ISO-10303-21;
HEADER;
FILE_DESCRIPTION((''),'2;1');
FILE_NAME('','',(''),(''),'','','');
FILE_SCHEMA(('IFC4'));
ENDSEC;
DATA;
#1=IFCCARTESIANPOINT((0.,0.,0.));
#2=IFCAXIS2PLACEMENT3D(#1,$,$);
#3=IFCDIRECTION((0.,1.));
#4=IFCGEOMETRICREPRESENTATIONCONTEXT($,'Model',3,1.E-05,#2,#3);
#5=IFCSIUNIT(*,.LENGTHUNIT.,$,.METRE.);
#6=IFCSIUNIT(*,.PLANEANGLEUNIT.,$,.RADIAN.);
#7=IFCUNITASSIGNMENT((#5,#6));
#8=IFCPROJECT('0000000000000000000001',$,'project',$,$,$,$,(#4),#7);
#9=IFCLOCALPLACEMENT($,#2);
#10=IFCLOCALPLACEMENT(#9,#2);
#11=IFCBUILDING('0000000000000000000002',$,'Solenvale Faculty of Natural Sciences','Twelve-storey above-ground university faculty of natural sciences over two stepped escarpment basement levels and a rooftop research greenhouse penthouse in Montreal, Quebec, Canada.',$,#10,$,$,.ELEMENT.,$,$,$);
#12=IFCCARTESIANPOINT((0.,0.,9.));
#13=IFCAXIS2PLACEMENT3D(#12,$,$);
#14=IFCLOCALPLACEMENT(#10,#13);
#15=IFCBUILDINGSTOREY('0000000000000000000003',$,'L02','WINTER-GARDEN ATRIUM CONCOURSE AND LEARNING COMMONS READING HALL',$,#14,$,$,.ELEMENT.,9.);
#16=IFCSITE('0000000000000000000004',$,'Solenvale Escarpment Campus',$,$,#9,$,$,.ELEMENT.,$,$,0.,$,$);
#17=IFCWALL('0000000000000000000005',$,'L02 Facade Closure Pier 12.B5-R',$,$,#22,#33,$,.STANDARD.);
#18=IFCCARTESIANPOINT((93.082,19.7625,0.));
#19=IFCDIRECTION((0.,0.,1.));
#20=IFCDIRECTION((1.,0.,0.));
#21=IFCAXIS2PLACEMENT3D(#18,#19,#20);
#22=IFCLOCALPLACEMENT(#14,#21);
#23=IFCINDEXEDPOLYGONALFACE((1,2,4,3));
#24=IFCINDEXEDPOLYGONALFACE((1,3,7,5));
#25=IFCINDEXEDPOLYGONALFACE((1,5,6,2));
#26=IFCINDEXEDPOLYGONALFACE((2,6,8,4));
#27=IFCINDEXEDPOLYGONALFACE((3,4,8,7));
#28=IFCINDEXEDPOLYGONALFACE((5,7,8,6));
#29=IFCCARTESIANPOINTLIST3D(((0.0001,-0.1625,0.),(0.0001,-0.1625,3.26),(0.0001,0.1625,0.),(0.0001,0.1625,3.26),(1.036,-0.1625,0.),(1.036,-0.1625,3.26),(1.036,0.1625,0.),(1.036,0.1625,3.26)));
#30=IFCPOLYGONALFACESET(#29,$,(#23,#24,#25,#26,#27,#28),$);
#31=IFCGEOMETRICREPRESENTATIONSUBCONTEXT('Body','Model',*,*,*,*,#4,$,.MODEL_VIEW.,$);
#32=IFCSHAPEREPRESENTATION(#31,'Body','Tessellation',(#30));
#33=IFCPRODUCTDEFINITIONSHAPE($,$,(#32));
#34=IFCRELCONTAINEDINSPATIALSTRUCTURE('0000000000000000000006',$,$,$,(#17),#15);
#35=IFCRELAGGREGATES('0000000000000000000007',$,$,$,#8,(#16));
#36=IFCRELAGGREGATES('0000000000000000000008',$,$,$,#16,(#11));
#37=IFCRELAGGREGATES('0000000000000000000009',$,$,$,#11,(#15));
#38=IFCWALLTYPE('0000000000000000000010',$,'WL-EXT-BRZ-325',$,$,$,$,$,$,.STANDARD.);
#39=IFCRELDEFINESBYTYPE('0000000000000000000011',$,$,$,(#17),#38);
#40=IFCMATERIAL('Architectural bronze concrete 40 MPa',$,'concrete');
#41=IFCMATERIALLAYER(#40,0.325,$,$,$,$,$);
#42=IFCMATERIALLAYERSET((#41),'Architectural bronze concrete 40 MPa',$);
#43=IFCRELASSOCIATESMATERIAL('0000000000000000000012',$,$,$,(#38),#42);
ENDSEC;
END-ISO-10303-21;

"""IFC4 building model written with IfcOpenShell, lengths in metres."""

from ifc_helpers import new_model, si_unit, direction, frame, frame_2d, origin, place, context, subcontext, project, spatial, rectangle, extrude, material, layer, layer_set, type_object, element, save


model = new_model("IFC4")

# Units and contexts
model_context = context("Model", 3, precision=1e-05, world=origin(), true_north=direction((0.0, 1.0)))
body_context = subcontext(model_context, "Body", "Model", "MODEL_VIEW")
ifc_project = project(units=[si_unit("LENGTHUNIT", "METRE"), si_unit("PLANEANGLEUNIT", "RADIAN")], contexts=[model_context])

# Site, building, storey
site_placement = place(None, origin())
site = spatial("IfcSite", under=ifc_project, at=site_placement, Name="Solenvale Escarpment Campus", CompositionType="ELEMENT", RefElevation=0.0)
building_placement = place(site_placement, origin())
building = spatial("IfcBuilding", under=site, at=building_placement, Name="Solenvale Faculty of Natural Sciences", Description="Twelve-storey above-ground university faculty of natural sciences over two stepped escarpment basement levels and a rooftop research greenhouse penthouse in Montreal, Quebec, Canada.", CompositionType="ELEMENT")
storey_placement = place(building_placement, frame((0.0, 0.0, 9.0)))
storey = spatial("IfcBuildingStorey", under=building, at=storey_placement, Name="L02", Description="WINTER-GARDEN ATRIUM CONCOURSE AND LEARNING COMMONS READING HALL", CompositionType="ELEMENT", Elevation=9.0)

# Shared definitions
ifc_material_1 = material(Name="Architectural bronze concrete 40 MPa", Category="concrete")

# Wall
ifc_layer_1 = layer(ifc_material_1, 0.325)
ifc_layer_set_1 = layer_set([ifc_layer_1], Name="Architectural bronze concrete 40 MPa")
wall_type_1 = type_object("IfcWallType", Name="WL-EXT-BRZ-325", PredefinedType="STANDARD", material=ifc_layer_set_1)
wall_1_placement = place(storey_placement, frame((93.082, 19.7625, 0.0), z_axis=(0.0, 0.0, 1.0), x_axis=(1.0, 0.0, 0.0)))
element("IfcWall", 1, at=wall_1_placement, inside=storey, type_object=wall_type_1, Name="L02 Facade Closure Pier 12.B5-R", PredefinedType="STANDARD", context=body_context, shape_type="SweptSolid", body=[
    extrude(rectangle(XDim=1.0359, YDim=0.325, at=frame_2d((0.5181, 0.0))), origin(), (0.0, 0.0, 1.0), 3.26),
])

save(model, "model.ifc")
